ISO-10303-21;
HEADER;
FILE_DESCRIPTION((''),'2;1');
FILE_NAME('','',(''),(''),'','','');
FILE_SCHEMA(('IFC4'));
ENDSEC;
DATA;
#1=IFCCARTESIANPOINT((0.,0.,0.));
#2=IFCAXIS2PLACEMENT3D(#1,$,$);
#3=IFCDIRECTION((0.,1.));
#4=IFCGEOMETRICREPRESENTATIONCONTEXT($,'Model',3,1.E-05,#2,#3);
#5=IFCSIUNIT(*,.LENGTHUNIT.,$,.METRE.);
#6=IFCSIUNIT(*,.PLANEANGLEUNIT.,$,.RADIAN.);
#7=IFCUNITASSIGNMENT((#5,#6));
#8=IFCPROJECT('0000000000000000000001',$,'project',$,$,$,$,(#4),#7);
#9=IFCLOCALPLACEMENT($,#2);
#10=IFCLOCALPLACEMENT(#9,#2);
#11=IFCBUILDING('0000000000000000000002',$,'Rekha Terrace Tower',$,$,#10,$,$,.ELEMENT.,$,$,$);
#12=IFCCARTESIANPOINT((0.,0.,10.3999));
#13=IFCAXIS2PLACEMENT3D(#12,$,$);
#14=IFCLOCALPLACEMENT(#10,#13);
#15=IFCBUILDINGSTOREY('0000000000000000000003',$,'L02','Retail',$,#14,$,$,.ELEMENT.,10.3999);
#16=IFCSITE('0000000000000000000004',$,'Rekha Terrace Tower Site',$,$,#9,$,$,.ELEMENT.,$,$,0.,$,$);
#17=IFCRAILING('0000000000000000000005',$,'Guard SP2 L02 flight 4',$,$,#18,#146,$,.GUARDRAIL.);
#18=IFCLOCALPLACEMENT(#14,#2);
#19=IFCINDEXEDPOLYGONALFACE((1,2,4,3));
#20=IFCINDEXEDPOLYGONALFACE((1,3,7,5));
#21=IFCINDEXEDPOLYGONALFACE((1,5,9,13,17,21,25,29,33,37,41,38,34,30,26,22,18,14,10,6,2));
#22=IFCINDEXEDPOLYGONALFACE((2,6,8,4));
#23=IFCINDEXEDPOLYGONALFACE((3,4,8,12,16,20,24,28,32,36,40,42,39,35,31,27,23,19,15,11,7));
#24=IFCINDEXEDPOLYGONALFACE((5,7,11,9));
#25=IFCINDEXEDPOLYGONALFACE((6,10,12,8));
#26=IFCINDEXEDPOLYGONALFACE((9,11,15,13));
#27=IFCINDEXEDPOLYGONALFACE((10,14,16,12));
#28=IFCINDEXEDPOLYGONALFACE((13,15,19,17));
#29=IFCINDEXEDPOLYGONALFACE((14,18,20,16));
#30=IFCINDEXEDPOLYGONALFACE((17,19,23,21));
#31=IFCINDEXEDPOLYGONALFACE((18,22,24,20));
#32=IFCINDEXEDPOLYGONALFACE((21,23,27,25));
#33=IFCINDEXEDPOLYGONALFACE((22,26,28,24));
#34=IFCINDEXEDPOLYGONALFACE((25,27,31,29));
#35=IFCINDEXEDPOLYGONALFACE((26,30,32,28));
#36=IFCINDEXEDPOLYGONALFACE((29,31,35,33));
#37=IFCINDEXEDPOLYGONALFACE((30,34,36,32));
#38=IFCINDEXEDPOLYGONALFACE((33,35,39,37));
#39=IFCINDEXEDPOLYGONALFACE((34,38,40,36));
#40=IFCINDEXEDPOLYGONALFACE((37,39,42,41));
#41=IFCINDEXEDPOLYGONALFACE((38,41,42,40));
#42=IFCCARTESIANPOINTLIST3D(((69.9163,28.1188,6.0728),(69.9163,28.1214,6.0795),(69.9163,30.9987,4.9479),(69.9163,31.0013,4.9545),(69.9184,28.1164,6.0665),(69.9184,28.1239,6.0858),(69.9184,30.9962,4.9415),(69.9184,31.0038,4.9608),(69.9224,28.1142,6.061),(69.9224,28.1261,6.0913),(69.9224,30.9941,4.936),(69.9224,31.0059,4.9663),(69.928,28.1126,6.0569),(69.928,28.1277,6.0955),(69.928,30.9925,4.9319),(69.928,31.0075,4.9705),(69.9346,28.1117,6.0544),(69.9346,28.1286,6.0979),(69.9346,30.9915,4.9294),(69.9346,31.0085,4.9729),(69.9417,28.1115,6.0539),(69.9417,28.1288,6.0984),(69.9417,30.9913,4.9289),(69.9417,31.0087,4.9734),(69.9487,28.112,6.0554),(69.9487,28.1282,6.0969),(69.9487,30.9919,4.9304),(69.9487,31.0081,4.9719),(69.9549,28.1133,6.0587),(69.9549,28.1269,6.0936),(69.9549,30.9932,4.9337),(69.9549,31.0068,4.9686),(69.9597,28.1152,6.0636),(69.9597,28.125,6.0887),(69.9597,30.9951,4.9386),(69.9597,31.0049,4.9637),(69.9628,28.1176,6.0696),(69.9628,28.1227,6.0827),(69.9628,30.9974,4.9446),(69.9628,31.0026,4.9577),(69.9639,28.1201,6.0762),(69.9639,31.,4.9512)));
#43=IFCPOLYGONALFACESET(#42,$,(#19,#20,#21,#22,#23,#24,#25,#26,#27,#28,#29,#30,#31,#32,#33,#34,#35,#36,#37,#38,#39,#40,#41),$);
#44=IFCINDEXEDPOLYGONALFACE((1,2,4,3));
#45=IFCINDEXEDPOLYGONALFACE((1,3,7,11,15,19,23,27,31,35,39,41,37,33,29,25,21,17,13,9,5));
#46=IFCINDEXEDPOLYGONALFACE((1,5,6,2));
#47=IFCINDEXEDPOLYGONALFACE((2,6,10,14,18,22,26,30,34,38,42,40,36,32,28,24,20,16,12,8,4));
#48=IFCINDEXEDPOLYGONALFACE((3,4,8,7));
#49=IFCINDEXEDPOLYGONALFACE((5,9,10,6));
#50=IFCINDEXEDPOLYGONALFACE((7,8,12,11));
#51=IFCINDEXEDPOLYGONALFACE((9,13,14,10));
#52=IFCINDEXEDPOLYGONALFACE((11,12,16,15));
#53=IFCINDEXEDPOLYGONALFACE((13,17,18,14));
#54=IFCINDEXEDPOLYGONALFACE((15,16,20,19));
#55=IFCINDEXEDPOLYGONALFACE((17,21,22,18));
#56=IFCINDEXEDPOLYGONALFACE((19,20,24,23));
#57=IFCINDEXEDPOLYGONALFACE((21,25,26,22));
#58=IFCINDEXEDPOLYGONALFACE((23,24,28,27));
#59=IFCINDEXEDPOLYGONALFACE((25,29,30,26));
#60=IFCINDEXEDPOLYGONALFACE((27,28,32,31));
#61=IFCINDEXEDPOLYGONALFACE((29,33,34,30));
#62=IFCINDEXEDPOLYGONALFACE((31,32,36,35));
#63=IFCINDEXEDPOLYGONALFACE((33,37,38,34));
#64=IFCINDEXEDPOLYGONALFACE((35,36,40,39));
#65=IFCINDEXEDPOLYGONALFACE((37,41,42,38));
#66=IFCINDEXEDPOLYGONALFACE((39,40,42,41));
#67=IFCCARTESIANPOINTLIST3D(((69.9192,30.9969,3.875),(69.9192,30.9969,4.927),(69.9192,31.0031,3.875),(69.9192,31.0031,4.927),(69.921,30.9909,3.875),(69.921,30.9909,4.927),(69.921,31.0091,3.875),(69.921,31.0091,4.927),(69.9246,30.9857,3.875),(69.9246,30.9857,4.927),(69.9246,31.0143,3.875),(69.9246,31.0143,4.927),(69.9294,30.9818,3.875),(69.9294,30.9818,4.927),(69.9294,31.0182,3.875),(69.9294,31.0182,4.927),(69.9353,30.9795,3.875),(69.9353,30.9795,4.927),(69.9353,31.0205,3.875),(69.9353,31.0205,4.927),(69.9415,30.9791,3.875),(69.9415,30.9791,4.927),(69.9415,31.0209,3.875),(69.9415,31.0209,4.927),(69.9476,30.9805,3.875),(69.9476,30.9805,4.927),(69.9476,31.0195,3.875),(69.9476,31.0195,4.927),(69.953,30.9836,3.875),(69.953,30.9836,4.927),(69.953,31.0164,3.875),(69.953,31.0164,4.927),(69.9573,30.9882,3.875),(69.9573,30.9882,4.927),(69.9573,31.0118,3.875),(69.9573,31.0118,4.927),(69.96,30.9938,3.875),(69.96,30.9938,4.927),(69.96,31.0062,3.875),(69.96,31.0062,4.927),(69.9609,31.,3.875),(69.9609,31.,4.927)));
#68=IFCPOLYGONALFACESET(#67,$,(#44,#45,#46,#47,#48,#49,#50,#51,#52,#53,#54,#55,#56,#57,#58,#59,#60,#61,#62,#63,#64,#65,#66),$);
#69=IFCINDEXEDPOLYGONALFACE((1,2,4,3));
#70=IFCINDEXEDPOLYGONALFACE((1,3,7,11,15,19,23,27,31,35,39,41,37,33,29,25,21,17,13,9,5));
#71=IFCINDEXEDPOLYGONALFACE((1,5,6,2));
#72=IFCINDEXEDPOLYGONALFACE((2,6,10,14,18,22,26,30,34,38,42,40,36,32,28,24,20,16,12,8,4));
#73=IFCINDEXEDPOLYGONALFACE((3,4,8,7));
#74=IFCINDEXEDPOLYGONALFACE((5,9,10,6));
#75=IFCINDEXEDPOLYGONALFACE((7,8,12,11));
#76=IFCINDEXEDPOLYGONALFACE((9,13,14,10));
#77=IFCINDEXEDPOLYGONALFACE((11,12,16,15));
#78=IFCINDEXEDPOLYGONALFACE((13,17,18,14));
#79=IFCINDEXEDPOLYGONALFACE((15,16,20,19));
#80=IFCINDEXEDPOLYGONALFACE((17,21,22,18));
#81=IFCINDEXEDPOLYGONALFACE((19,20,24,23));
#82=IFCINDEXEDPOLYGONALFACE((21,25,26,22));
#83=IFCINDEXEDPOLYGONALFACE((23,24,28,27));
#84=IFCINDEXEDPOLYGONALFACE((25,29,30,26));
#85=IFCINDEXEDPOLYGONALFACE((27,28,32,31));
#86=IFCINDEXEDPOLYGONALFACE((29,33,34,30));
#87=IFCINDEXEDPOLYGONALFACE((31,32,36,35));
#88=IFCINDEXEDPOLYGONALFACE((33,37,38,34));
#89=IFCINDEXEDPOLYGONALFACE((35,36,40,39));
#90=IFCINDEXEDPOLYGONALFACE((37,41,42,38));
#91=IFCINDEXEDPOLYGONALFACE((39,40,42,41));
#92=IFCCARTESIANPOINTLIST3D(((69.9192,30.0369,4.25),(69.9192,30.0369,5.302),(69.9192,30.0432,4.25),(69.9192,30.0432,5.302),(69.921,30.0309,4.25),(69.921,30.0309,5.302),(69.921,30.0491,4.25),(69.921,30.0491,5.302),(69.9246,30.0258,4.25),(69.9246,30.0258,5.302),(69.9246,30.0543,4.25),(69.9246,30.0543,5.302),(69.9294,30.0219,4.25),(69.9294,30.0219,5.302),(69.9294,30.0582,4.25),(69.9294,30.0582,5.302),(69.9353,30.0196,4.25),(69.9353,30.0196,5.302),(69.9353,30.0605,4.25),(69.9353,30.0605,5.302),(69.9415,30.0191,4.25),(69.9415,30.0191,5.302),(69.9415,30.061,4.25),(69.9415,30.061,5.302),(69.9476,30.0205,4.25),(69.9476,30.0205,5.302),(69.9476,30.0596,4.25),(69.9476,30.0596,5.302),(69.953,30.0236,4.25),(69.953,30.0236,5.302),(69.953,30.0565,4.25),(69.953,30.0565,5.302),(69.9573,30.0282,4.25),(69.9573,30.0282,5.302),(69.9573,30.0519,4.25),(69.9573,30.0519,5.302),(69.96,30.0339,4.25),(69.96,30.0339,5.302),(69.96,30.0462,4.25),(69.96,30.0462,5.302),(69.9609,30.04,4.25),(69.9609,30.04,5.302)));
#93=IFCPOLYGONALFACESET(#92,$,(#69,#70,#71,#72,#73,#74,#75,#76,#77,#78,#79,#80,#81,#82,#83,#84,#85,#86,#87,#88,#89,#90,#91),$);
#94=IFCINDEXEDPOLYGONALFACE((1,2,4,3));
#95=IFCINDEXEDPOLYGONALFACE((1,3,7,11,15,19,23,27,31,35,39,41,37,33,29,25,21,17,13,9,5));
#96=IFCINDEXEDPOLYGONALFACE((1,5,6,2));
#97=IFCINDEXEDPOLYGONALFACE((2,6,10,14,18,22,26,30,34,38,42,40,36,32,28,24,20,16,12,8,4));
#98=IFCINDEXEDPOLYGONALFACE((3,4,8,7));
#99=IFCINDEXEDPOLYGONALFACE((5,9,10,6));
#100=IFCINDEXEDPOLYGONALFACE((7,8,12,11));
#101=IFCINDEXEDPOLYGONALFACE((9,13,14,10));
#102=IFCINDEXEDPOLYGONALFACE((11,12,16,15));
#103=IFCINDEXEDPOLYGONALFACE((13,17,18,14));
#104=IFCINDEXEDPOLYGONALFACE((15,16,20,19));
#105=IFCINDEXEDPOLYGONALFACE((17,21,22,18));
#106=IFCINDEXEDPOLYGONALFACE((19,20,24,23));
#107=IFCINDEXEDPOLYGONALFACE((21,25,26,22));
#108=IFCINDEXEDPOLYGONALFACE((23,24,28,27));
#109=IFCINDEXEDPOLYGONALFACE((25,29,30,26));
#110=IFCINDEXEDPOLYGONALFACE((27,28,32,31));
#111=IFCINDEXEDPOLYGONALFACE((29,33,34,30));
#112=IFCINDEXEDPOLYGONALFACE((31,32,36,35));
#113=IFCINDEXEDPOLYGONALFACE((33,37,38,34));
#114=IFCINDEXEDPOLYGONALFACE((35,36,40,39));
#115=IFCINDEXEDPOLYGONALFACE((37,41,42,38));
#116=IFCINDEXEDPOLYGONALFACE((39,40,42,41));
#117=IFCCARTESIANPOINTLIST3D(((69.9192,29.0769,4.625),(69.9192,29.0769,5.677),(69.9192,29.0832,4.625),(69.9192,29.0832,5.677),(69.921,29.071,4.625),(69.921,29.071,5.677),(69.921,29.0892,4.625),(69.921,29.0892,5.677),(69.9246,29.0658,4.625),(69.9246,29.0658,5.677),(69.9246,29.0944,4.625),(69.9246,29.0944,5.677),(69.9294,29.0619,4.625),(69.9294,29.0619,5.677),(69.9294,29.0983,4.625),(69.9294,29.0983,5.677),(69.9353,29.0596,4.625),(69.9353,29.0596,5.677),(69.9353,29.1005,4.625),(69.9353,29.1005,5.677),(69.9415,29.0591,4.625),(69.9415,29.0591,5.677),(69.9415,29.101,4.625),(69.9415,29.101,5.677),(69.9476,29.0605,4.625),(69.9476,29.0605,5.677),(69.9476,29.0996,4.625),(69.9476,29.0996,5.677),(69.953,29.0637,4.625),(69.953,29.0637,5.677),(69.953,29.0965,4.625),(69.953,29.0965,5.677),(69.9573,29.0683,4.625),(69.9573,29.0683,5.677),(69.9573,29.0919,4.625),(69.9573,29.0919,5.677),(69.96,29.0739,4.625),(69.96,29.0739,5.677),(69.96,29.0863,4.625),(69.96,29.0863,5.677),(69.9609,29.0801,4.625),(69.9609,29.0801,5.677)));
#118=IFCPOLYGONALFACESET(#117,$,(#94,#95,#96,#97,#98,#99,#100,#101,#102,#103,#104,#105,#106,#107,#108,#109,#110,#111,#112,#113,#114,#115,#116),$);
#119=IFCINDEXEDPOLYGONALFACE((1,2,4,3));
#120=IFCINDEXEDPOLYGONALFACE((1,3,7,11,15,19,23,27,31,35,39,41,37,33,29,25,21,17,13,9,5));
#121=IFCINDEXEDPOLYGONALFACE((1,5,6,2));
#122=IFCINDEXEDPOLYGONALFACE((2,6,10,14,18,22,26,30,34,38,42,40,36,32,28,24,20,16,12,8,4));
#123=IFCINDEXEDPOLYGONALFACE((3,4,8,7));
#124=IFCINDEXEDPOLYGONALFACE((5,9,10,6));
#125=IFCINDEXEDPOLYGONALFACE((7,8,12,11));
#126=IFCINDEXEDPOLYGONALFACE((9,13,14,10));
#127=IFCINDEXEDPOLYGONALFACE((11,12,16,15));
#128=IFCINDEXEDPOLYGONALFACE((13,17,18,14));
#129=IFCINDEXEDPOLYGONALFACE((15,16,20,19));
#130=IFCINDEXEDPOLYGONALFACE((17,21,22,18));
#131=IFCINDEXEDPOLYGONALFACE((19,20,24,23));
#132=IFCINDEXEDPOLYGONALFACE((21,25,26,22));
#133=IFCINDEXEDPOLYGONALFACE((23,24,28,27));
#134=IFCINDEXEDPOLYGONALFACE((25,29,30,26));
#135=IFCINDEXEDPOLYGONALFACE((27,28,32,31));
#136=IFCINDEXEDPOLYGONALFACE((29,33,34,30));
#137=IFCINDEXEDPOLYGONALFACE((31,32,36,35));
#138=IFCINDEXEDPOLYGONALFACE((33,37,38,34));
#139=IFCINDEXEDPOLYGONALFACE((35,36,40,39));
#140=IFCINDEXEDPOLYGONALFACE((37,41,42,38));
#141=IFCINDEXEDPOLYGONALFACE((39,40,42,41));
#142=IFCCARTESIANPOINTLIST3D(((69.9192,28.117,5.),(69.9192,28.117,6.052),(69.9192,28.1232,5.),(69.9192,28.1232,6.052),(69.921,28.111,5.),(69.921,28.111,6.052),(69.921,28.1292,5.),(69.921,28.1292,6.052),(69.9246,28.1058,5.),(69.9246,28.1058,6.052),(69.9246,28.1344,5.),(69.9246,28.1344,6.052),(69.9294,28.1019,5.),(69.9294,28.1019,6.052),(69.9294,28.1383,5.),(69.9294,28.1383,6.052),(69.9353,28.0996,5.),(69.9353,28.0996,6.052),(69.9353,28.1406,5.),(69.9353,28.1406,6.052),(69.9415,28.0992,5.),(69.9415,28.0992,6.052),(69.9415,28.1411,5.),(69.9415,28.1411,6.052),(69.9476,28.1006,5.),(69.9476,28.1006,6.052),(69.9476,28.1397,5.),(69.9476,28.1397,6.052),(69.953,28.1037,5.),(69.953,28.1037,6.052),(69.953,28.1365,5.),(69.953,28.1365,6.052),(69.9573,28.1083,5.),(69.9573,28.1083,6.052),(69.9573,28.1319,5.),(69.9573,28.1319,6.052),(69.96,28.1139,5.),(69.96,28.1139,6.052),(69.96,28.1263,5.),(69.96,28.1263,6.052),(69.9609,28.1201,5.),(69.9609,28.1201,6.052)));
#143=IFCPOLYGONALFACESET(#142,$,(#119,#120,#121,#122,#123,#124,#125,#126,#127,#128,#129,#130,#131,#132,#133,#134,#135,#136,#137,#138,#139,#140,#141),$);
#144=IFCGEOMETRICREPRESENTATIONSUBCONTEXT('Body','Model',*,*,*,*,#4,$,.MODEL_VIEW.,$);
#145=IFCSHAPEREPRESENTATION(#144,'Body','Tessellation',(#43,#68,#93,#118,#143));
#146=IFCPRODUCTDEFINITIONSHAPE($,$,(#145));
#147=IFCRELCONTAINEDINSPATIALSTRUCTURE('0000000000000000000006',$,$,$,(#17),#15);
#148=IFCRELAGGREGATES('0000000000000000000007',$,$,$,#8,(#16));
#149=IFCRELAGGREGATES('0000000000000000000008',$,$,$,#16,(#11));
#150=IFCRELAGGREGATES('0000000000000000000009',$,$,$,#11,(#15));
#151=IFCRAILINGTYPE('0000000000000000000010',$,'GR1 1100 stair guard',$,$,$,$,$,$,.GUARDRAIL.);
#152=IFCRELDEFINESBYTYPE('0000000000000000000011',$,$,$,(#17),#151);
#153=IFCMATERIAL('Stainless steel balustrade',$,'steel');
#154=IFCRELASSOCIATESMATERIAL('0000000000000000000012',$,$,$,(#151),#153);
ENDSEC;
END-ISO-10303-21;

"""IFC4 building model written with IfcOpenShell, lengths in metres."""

from ifc_helpers import new_model, si_unit, direction, frame, origin, origin_2d, place, context, subcontext, project, spatial, circle, extrude, material, type_object, element, save


model = new_model("IFC4")

# Units and contexts
model_context = context("Model", 3, precision=1e-05, world=origin(), true_north=direction((0.0, 1.0)))
body_context = subcontext(model_context, "Body", "Model", "MODEL_VIEW")
ifc_project = project(units=[si_unit("LENGTHUNIT", "METRE"), si_unit("PLANEANGLEUNIT", "RADIAN")], contexts=[model_context])

# Site, building, storey
site_placement = place(None, origin())
site = spatial("IfcSite", under=ifc_project, at=site_placement, Name="Rekha Terrace Tower Site", CompositionType="ELEMENT", RefElevation=0.0)
building_placement = place(site_placement, origin())
building = spatial("IfcBuilding", under=site, at=building_placement, Name="Rekha Terrace Tower", CompositionType="ELEMENT")
storey_placement = place(building_placement, frame((0.0, 0.0, 10.3999)))
storey = spatial("IfcBuildingStorey", under=building, at=storey_placement, Name="L02", Description="Retail", CompositionType="ELEMENT", Elevation=10.3999)

# Railing
ifc_material_1 = material(Name="Stainless steel balustrade", Category="steel")
railing_type_1 = type_object("IfcRailingType", Name="GR1 1100 stair guard", PredefinedType="GUARDRAIL", material=ifc_material_1)
railing_1_placement = place(storey_placement, frame((69.9399, 31.0, 3.875)))
element("IfcRailing", 1, at=railing_1_placement, inside=storey, type_object=railing_type_1, Name="Guard SP2 L02 flight 4", PredefinedType="GUARDRAIL", context=body_context, shape_type="SweptSolid", body=[
    extrude(circle(Radius=0.0239, at=origin_2d()), frame((0.0, 0.0, 1.0762), z_axis=(0.0, -0.931452, 0.363863), x_axis=(1.0, 0.0, 0.0)), (0.0, 0.0, 1.0), 3.0918),
    extrude(circle(Radius=0.021, at=origin_2d()), origin(), (0.0, 0.0, 1.0), 1.052),
    extrude(circle(Radius=0.021, at=origin_2d()), frame((0.0, -0.96, 0.375)), (0.0, 0.0, 1.0), 1.052),
    extrude(circle(Radius=0.021, at=origin_2d()), frame((0.0, -1.9199, 0.75)), (0.0, 0.0, 1.0), 1.052),
    extrude(circle(Radius=0.021, at=origin_2d()), frame((0.0, -2.8799, 1.125)), (0.0, 0.0, 1.0), 1.052),
])

save(model, "model.ifc")
